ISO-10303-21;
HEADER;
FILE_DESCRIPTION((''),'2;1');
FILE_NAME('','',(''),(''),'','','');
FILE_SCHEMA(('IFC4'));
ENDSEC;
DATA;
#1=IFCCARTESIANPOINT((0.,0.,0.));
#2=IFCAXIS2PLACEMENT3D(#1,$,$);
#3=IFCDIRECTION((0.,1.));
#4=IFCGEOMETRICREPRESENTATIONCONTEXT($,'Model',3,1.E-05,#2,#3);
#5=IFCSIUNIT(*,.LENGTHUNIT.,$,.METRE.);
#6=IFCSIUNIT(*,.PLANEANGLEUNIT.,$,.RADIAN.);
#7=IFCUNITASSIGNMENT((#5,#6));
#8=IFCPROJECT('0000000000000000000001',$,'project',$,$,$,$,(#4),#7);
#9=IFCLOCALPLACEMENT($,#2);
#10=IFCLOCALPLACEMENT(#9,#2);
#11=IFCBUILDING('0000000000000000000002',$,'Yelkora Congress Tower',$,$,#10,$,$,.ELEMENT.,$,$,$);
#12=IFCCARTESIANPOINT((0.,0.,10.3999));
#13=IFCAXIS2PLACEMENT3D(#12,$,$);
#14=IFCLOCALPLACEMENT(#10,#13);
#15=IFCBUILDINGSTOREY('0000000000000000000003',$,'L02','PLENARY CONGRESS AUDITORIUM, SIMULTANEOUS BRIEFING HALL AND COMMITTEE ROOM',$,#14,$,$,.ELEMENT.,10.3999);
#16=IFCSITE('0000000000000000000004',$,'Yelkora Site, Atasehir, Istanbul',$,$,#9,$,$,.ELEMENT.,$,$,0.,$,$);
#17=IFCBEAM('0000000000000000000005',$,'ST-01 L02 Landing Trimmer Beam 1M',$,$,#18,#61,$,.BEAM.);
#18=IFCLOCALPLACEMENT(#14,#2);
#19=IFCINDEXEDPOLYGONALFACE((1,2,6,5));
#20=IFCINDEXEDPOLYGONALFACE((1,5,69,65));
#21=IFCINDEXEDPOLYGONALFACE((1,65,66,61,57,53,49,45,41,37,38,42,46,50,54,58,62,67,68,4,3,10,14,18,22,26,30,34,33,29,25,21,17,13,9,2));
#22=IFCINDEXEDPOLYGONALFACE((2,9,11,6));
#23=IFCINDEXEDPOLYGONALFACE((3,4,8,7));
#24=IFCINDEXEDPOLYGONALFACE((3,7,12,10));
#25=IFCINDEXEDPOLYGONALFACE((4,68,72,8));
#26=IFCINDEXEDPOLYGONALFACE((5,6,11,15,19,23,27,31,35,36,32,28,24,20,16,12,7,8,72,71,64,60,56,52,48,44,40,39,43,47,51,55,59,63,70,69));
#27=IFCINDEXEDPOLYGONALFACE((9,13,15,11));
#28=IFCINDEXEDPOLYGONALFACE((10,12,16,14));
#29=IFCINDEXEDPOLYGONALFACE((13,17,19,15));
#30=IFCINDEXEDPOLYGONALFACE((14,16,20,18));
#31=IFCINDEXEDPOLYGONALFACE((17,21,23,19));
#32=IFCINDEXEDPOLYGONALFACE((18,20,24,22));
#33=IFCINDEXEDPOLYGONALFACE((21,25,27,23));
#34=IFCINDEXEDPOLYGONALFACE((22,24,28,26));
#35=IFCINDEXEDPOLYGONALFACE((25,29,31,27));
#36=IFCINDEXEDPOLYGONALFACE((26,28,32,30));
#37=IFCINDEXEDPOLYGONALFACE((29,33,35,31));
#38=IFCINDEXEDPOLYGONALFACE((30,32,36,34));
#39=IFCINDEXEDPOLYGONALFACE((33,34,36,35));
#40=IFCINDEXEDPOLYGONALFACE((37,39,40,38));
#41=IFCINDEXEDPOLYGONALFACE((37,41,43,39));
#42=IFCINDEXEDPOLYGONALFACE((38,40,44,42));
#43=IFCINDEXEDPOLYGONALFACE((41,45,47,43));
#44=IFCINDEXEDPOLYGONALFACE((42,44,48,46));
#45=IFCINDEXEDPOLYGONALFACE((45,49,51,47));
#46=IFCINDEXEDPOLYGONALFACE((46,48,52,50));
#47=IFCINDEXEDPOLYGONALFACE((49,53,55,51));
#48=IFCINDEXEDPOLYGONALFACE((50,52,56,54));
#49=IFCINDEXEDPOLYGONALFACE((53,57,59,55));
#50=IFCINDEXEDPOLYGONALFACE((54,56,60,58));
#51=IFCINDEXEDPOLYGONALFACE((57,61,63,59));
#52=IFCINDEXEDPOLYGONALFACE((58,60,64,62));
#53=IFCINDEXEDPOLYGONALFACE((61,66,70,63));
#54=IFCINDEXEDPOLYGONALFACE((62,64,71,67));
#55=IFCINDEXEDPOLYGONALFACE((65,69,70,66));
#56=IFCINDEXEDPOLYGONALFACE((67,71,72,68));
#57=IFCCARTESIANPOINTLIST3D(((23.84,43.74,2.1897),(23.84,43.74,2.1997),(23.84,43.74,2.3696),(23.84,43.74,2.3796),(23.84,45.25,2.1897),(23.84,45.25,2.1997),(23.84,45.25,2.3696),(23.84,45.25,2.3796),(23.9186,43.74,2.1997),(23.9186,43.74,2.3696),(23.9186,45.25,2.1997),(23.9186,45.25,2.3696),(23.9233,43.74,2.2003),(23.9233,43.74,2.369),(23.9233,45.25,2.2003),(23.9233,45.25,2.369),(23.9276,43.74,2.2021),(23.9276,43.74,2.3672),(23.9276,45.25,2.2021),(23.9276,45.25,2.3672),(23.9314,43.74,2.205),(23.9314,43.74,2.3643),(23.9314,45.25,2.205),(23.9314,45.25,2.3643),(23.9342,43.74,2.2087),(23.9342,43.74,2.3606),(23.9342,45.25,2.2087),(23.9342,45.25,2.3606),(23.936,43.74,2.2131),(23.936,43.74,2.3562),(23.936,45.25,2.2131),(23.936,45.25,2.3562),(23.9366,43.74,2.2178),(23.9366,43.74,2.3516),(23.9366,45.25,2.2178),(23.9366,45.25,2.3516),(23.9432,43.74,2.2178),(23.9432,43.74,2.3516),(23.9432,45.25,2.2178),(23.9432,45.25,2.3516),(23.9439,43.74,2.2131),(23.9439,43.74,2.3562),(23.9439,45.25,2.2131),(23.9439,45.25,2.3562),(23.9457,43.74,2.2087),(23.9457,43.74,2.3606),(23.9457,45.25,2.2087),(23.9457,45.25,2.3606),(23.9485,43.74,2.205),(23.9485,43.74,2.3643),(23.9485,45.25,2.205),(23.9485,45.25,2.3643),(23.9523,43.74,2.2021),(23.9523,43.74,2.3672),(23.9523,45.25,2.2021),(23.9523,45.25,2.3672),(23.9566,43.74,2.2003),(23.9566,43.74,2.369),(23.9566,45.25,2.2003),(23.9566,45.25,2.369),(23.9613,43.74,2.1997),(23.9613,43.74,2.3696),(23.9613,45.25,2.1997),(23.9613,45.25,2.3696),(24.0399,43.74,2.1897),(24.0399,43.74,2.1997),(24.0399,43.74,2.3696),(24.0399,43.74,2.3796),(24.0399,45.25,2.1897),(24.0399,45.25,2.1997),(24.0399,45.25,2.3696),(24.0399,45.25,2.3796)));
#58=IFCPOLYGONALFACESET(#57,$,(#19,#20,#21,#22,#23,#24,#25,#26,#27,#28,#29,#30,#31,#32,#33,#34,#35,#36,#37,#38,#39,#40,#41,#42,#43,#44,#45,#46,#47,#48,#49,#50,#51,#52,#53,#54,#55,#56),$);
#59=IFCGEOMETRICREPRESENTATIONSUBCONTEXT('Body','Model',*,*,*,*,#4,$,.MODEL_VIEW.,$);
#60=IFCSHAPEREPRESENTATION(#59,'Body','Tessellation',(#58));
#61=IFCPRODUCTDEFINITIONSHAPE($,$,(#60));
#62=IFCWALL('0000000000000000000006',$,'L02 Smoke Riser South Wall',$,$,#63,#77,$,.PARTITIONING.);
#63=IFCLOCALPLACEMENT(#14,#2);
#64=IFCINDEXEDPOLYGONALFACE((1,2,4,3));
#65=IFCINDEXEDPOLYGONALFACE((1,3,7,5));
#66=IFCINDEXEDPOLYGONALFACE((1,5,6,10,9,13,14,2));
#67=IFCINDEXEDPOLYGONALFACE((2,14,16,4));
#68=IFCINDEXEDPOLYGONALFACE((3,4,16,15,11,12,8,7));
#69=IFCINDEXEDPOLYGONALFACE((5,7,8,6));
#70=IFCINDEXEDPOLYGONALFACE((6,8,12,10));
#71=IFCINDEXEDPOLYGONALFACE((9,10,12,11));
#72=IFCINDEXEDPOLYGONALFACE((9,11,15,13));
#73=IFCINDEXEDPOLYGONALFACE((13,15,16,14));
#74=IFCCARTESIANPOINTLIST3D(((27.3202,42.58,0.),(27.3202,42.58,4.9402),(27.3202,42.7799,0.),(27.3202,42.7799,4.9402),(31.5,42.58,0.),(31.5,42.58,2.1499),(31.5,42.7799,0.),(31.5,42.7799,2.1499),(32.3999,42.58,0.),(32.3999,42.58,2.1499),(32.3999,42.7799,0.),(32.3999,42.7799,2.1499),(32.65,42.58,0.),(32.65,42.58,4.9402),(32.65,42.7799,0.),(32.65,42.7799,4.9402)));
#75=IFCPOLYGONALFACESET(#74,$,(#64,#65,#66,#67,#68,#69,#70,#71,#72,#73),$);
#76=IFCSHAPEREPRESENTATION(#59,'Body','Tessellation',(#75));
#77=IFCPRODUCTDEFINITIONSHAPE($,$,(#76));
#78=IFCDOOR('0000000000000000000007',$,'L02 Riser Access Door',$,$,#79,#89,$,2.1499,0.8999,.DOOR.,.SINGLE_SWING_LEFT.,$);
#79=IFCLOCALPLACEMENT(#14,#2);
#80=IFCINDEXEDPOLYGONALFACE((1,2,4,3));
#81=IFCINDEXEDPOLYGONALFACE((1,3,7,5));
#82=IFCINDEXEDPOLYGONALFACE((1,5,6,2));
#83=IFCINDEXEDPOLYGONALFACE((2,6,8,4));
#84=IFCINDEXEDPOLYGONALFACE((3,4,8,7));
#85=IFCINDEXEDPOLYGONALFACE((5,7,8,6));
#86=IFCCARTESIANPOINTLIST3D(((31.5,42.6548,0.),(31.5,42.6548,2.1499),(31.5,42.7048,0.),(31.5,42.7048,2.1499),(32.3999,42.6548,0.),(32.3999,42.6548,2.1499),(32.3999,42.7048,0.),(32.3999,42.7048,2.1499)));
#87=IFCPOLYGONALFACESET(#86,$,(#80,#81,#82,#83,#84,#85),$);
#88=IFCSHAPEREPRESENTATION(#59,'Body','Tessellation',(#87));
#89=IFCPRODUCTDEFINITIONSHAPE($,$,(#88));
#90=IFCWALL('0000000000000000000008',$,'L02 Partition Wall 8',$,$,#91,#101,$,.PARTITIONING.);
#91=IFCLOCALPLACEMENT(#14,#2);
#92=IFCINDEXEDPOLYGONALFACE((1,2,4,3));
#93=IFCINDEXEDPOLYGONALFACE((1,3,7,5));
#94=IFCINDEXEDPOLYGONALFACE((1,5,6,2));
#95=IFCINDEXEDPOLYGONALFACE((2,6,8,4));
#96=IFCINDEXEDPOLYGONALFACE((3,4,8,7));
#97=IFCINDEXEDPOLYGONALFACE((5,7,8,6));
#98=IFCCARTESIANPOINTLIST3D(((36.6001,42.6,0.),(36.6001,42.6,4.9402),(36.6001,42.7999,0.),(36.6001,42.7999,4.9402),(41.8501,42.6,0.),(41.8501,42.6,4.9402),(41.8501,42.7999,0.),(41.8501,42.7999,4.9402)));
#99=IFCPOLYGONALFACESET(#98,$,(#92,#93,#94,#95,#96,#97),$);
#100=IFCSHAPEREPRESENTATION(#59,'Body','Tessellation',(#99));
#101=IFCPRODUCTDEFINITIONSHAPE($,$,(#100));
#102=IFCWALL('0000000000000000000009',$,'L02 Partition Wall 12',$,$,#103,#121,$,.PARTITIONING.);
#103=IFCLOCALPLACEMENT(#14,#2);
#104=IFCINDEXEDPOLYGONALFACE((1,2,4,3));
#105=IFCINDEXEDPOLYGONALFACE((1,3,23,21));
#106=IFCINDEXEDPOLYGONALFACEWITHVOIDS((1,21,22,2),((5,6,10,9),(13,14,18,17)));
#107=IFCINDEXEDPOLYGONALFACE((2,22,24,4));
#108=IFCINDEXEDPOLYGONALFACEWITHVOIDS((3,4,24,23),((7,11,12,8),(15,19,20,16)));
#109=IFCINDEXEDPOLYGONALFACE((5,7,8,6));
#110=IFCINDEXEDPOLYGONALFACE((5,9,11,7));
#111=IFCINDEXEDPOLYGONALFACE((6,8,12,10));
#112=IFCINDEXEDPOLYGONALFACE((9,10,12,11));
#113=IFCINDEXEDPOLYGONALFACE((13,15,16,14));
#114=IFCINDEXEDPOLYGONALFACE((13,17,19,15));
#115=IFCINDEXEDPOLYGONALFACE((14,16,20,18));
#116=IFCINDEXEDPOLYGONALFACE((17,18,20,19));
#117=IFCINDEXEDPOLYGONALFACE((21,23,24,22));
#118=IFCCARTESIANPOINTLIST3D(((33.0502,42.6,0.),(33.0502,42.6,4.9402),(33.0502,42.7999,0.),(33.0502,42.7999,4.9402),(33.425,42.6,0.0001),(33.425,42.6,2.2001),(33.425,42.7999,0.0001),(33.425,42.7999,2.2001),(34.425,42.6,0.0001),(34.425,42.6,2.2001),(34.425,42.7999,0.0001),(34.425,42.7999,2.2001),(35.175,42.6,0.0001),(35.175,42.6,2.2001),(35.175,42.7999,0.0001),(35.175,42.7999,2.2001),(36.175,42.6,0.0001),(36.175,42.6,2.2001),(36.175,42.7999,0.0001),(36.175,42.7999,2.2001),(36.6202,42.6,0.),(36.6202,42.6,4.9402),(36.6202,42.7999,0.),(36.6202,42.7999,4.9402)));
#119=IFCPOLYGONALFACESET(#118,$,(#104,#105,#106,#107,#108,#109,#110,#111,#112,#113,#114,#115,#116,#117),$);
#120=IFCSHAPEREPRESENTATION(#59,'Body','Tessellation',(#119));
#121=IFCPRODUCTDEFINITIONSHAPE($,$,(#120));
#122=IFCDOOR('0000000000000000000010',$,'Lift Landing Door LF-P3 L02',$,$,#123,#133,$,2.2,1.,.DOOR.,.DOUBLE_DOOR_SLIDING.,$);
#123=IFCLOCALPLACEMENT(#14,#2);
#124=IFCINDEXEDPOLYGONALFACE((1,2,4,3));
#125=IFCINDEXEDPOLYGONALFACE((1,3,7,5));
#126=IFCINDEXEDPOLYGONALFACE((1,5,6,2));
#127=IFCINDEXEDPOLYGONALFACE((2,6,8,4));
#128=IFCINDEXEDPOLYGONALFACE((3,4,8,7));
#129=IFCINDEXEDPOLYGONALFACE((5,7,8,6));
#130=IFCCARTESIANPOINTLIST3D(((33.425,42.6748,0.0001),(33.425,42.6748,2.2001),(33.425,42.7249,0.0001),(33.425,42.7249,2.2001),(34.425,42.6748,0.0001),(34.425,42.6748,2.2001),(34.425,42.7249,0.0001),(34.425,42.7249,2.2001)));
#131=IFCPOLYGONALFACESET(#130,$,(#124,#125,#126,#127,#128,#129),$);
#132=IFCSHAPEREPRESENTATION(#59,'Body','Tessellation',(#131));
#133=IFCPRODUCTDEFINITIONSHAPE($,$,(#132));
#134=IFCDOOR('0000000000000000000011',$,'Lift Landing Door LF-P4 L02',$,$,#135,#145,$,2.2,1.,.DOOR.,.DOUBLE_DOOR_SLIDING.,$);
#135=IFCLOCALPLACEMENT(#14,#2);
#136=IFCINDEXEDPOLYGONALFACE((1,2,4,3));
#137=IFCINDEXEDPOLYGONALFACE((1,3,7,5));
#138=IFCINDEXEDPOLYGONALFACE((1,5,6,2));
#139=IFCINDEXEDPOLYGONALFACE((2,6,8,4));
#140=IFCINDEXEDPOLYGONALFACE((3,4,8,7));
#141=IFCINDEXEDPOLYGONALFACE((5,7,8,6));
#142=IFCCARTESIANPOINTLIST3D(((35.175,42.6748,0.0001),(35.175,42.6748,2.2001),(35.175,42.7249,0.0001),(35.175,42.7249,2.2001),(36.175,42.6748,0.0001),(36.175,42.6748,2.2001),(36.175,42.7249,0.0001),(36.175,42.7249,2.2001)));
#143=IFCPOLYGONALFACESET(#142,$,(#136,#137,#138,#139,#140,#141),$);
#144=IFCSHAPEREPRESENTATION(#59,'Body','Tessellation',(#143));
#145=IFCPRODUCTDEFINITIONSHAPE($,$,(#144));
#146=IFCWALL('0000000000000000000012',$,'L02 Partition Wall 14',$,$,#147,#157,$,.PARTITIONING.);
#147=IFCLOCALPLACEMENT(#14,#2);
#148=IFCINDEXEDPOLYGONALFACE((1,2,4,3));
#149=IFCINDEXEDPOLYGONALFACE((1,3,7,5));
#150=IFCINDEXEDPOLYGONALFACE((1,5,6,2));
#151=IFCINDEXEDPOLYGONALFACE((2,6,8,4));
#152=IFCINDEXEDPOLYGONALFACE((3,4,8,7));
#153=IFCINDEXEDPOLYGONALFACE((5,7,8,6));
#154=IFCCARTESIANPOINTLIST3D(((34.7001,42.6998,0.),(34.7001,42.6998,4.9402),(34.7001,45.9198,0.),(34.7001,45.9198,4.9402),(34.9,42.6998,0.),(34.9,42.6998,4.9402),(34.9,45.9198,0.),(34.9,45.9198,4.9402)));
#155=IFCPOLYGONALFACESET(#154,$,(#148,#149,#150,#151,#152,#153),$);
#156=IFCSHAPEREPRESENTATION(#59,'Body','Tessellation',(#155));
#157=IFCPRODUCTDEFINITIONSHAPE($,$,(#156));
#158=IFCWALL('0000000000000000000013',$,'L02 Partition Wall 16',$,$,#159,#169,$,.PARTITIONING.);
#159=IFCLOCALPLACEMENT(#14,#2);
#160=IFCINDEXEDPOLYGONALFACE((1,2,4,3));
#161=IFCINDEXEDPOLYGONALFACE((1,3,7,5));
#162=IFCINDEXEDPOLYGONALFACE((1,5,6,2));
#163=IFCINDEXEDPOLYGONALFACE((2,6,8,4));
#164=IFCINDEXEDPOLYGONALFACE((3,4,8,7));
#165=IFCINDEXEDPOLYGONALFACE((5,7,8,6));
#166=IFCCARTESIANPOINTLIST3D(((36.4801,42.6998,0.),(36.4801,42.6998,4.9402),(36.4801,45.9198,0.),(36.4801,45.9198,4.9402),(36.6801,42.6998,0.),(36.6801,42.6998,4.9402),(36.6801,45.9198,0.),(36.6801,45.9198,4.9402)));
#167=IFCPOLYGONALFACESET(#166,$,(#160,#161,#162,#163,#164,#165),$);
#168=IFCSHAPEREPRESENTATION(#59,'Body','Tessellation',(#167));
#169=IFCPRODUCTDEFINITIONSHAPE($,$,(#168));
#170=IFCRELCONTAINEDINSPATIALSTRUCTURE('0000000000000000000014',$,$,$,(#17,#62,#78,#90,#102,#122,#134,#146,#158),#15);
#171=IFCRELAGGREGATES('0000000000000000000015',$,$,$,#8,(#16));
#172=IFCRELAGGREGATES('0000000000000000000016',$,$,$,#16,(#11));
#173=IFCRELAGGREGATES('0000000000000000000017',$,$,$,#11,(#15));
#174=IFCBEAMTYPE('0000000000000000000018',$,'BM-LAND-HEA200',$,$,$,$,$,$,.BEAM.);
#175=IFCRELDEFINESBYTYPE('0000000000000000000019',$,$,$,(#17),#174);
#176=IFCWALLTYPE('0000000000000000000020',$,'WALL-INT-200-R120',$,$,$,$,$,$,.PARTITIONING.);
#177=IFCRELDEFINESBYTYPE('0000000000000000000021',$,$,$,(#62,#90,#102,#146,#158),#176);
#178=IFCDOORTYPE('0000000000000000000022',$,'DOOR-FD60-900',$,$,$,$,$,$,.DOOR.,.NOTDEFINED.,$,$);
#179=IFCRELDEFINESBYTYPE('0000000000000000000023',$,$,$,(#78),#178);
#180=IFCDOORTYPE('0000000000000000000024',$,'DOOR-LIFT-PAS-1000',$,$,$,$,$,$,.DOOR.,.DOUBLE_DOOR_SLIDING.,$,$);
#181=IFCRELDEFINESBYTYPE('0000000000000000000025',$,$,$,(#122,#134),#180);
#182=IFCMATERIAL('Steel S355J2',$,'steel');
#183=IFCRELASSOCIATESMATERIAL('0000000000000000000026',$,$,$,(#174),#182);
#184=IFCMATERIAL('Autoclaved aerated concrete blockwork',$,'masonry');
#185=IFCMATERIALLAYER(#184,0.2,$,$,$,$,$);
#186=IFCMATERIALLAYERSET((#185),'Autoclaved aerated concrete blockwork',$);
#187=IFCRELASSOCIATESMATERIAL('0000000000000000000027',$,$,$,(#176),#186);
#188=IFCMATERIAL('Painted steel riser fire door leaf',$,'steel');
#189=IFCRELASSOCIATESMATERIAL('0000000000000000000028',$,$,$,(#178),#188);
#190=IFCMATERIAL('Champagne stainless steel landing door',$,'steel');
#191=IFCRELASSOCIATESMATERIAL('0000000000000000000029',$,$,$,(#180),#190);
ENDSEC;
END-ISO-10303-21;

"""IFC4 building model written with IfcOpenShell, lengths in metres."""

from ifc_helpers import new_model, si_unit, direction, frame, frame_2d, origin, origin_2d, place, context, subcontext, project, spatial, rectangle, i_section, extrude, material, layer, layer_set, material_profile, profile_set, type_object, element, fill, save


model = new_model("IFC4")

# Units and contexts
model_context = context("Model", 3, precision=1e-05, world=origin(), true_north=direction((0.0, 1.0)))
body_context = subcontext(model_context, "Body", "Model", "MODEL_VIEW")
ifc_project = project(units=[si_unit("LENGTHUNIT", "METRE"), si_unit("PLANEANGLEUNIT", "RADIAN")], contexts=[model_context])

# Site, building, storey
site_placement = place(None, origin())
site = spatial("IfcSite", under=ifc_project, at=site_placement, Name="Yelkora Site, Atasehir, Istanbul", CompositionType="ELEMENT", RefElevation=0.0)
building_placement = place(site_placement, origin())
building = spatial("IfcBuilding", under=site, at=building_placement, Name="Yelkora Congress Tower", CompositionType="ELEMENT")
storey_placement = place(building_placement, frame((0.0, 0.0, 10.3999)))
storey = spatial("IfcBuildingStorey", under=building, at=storey_placement, Name="L02", Description="PLENARY CONGRESS AUDITORIUM, SIMULTANEOUS BRIEFING HALL AND COMMITTEE ROOM", CompositionType="ELEMENT", Elevation=10.3999)

# Beam
ifc_material_1 = material(Name="Steel S355J2", Category="steel")
ifc_material_profile_1 = material_profile(ifc_material_1, i_section(OverallWidth=0.2, OverallDepth=0.1899, WebThickness=0.0066, FlangeThickness=0.01, FilletRadius=0.0181, at=origin_2d()), Name="HEA 200")
ifc_profile_set_1 = profile_set([ifc_material_profile_1], Name="Steel S355J2")
beam_type_1 = type_object("IfcBeamType", Name="BM-LAND-HEA200", PredefinedType="BEAM", material=ifc_profile_set_1)
beam_1_placement = place(storey_placement, frame((23.9399, 43.74, 2.2847), z_axis=(0.0, 1.0, 0.0), x_axis=(-1.0, 0.0, 0.0)))
element("IfcBeam", 1, at=beam_1_placement, inside=storey, type_object=beam_type_1, Name="ST-01 L02 Landing Trimmer Beam 1M", PredefinedType="BEAM", context=body_context, shape_type="SweptSolid", body=[
    extrude(i_section(OverallWidth=0.2, OverallDepth=0.1899, WebThickness=0.0066, FlangeThickness=0.01, FilletRadius=0.0181, at=origin_2d()), origin(), (0.0, 0.0, 1.0), 1.51),
])

# Wall, opening, door
ifc_material_2 = material(Name="Autoclaved aerated concrete blockwork", Category="masonry")
ifc_layer_1 = layer(ifc_material_2, 0.2)
ifc_layer_set_1 = layer_set([ifc_layer_1], Name="Autoclaved aerated concrete blockwork")
wall_type = type_object("IfcWallType", Name="WALL-INT-200-R120", PredefinedType="PARTITIONING", material=ifc_layer_set_1)
wall_1_placement = place(storey_placement, frame((27.3201, 42.6799, 0.0), z_axis=(0.0, 0.0, 1.0), x_axis=(1.0, 0.0, 0.0)))
wall_1 = element("IfcWall", 2, at=wall_1_placement, inside=storey, type_object=wall_type, Name="L02 Smoke Riser South Wall", PredefinedType="PARTITIONING", context=body_context, shape_type="SweptSolid", body=[
    extrude(rectangle(XDim=5.3298, YDim=0.2, at=frame_2d((2.665, 0.0))), origin(), (0.0, 0.0, 1.0), 4.9402),
])
opening_1_placement = place(wall_1_placement, frame((4.1799, 0.0, 0.0)))
opening_1 = element("IfcOpeningElement", 3, at=opening_1_placement, cuts=wall_1, PredefinedType="OPENING", context=body_context, shape_type="SweptSolid", body=[
    extrude(rectangle(XDim=0.8999, YDim=2.1499, at=frame_2d((0.45, 1.075))), frame((0.0, 0.1099, 0.0), z_axis=(0.0, -1.0, 0.0), x_axis=(1.0, 0.0, 0.0)), (0.0, 0.0, 1.0), 0.22),
])
ifc_material_3 = material(Name="Painted steel riser fire door leaf", Category="steel")
door_type_1 = type_object("IfcDoorType", Name="DOOR-FD60-900", OperationType="NOTDEFINED", PredefinedType="DOOR", material=ifc_material_3)
door_1_placement = place(opening_1_placement, origin())
door_1 = element("IfcDoor", 4, at=door_1_placement, inside=storey, type_object=door_type_1, Name="L02 Riser Access Door", OperationType="SINGLE_SWING_LEFT", OverallHeight=2.1499, OverallWidth=0.8999, PredefinedType="DOOR", context=body_context, shape_type="SweptSolid", body=[
    extrude(rectangle(XDim=0.8999, YDim=2.1499, at=frame_2d((0.45, 1.075))), frame((0.0, 0.0249, 0.0), z_axis=(0.0, -1.0, 0.0), x_axis=(1.0, 0.0, 0.0)), (0.0, 0.0, 1.0), 0.05),
])
fill(opening_1, door_1)

# Wall
wall_2_placement = place(storey_placement, frame((36.6001, 42.7, 0.0), z_axis=(0.0, 0.0, 1.0), x_axis=(1.0, 0.0, 0.0)))
element("IfcWall", 5, at=wall_2_placement, inside=storey, type_object=wall_type, Name="L02 Partition Wall 8", PredefinedType="PARTITIONING", context=body_context, shape_type="SweptSolid", body=[
    extrude(rectangle(XDim=5.25, YDim=0.2, at=frame_2d((2.625, 0.0))), origin(), (0.0, 0.0, 1.0), 4.9402),
])

# Wall, openings, doors
wall_3_placement = place(storey_placement, frame((33.05, 42.7, 0.0), z_axis=(0.0, 0.0, 1.0), x_axis=(1.0, 0.0, 0.0)))
wall_3 = element("IfcWall", 6, at=wall_3_placement, inside=storey, type_object=wall_type, Name="L02 Partition Wall 12", PredefinedType="PARTITIONING", context=body_context, shape_type="SweptSolid", body=[
    extrude(rectangle(XDim=3.5701, YDim=0.2, at=frame_2d((1.7852, 0.0))), origin(), (0.0, 0.0, 1.0), 4.9402),
])
opening_2_placement = place(wall_3_placement, frame((0.375, 0.0, 0.0)))
opening_2 = element("IfcOpeningElement", 7, at=opening_2_placement, cuts=wall_3, PredefinedType="OPENING", context=body_context, shape_type="SweptSolid", body=[
    extrude(rectangle(XDim=1.0, YDim=2.2, at=frame_2d((0.5, 1.1001))), frame((0.0, 0.1099, 0.0), z_axis=(0.0, -1.0, 0.0), x_axis=(1.0, 0.0, 0.0)), (0.0, 0.0, 1.0), 0.22),
])
opening_3_placement = place(wall_3_placement, frame((2.125, 0.0, 0.0)))
opening_3 = element("IfcOpeningElement", 8, at=opening_3_placement, cuts=wall_3, PredefinedType="OPENING", context=body_context, shape_type="SweptSolid", body=[
    extrude(rectangle(XDim=1.0, YDim=2.2, at=frame_2d((0.5, 1.1001))), frame((0.0, 0.1099, 0.0), z_axis=(0.0, -1.0, 0.0), x_axis=(1.0, 0.0, 0.0)), (0.0, 0.0, 1.0), 0.22),
])
ifc_material_4 = material(Name="Champagne stainless steel landing door", Category="steel")
door_type_2 = type_object("IfcDoorType", Name="DOOR-LIFT-PAS-1000", OperationType="DOUBLE_DOOR_SLIDING", PredefinedType="DOOR", material=ifc_material_4)
door_2_placement = place(opening_2_placement, origin())
door_2 = element("IfcDoor", 9, at=door_2_placement, inside=storey, type_object=door_type_2, Name="Lift Landing Door LF-P3 L02", OperationType="DOUBLE_DOOR_SLIDING", OverallHeight=2.2, OverallWidth=1.0, PredefinedType="DOOR", context=body_context, shape_type="SweptSolid", body=[
    extrude(rectangle(XDim=1.0, YDim=2.2, at=frame_2d((0.5, 1.1001))), frame((0.0, 0.0249, 0.0), z_axis=(0.0, -1.0, 0.0), x_axis=(1.0, 0.0, 0.0)), (0.0, 0.0, 1.0), 0.05),
])
fill(opening_2, door_2)
door_3_placement = place(opening_3_placement, origin())
door_3 = element("IfcDoor", 10, at=door_3_placement, inside=storey, type_object=door_type_2, Name="Lift Landing Door LF-P4 L02", OperationType="DOUBLE_DOOR_SLIDING", OverallHeight=2.2, OverallWidth=1.0, PredefinedType="DOOR", context=body_context, shape_type="SweptSolid", body=[
    extrude(rectangle(XDim=1.0, YDim=2.2, at=frame_2d((0.5, 1.1001))), frame((0.0, 0.0249, 0.0), z_axis=(0.0, -1.0, 0.0), x_axis=(1.0, 0.0, 0.0)), (0.0, 0.0, 1.0), 0.05),
])
fill(opening_3, door_3)

# Walls
for number, where, z_axis, x_axis, name in (
    (11, (34.8, 42.7, 0.0), (0.0, 0.0, 1.0), (0.0, 1.0, 0.0), "L02 Partition Wall 14"),
    (12, (36.5801, 42.7, 0.0), (0.0, 0.0, 1.0), (0.0, 1.0, 0.0), "L02 Partition Wall 16"),
):
    element("IfcWall", number, at=place(storey_placement, frame(where, z_axis=z_axis, x_axis=x_axis)), inside=storey, type_object=wall_type, Name=name, PredefinedType="PARTITIONING", context=body_context, shape_type="SweptSolid", body=[
        extrude(rectangle(XDim=3.22, YDim=0.2, at=frame_2d((1.6099, 0.0))), origin(), (0.0, 0.0, 1.0), 4.9402),
    ])

save(model, "model.ifc")
